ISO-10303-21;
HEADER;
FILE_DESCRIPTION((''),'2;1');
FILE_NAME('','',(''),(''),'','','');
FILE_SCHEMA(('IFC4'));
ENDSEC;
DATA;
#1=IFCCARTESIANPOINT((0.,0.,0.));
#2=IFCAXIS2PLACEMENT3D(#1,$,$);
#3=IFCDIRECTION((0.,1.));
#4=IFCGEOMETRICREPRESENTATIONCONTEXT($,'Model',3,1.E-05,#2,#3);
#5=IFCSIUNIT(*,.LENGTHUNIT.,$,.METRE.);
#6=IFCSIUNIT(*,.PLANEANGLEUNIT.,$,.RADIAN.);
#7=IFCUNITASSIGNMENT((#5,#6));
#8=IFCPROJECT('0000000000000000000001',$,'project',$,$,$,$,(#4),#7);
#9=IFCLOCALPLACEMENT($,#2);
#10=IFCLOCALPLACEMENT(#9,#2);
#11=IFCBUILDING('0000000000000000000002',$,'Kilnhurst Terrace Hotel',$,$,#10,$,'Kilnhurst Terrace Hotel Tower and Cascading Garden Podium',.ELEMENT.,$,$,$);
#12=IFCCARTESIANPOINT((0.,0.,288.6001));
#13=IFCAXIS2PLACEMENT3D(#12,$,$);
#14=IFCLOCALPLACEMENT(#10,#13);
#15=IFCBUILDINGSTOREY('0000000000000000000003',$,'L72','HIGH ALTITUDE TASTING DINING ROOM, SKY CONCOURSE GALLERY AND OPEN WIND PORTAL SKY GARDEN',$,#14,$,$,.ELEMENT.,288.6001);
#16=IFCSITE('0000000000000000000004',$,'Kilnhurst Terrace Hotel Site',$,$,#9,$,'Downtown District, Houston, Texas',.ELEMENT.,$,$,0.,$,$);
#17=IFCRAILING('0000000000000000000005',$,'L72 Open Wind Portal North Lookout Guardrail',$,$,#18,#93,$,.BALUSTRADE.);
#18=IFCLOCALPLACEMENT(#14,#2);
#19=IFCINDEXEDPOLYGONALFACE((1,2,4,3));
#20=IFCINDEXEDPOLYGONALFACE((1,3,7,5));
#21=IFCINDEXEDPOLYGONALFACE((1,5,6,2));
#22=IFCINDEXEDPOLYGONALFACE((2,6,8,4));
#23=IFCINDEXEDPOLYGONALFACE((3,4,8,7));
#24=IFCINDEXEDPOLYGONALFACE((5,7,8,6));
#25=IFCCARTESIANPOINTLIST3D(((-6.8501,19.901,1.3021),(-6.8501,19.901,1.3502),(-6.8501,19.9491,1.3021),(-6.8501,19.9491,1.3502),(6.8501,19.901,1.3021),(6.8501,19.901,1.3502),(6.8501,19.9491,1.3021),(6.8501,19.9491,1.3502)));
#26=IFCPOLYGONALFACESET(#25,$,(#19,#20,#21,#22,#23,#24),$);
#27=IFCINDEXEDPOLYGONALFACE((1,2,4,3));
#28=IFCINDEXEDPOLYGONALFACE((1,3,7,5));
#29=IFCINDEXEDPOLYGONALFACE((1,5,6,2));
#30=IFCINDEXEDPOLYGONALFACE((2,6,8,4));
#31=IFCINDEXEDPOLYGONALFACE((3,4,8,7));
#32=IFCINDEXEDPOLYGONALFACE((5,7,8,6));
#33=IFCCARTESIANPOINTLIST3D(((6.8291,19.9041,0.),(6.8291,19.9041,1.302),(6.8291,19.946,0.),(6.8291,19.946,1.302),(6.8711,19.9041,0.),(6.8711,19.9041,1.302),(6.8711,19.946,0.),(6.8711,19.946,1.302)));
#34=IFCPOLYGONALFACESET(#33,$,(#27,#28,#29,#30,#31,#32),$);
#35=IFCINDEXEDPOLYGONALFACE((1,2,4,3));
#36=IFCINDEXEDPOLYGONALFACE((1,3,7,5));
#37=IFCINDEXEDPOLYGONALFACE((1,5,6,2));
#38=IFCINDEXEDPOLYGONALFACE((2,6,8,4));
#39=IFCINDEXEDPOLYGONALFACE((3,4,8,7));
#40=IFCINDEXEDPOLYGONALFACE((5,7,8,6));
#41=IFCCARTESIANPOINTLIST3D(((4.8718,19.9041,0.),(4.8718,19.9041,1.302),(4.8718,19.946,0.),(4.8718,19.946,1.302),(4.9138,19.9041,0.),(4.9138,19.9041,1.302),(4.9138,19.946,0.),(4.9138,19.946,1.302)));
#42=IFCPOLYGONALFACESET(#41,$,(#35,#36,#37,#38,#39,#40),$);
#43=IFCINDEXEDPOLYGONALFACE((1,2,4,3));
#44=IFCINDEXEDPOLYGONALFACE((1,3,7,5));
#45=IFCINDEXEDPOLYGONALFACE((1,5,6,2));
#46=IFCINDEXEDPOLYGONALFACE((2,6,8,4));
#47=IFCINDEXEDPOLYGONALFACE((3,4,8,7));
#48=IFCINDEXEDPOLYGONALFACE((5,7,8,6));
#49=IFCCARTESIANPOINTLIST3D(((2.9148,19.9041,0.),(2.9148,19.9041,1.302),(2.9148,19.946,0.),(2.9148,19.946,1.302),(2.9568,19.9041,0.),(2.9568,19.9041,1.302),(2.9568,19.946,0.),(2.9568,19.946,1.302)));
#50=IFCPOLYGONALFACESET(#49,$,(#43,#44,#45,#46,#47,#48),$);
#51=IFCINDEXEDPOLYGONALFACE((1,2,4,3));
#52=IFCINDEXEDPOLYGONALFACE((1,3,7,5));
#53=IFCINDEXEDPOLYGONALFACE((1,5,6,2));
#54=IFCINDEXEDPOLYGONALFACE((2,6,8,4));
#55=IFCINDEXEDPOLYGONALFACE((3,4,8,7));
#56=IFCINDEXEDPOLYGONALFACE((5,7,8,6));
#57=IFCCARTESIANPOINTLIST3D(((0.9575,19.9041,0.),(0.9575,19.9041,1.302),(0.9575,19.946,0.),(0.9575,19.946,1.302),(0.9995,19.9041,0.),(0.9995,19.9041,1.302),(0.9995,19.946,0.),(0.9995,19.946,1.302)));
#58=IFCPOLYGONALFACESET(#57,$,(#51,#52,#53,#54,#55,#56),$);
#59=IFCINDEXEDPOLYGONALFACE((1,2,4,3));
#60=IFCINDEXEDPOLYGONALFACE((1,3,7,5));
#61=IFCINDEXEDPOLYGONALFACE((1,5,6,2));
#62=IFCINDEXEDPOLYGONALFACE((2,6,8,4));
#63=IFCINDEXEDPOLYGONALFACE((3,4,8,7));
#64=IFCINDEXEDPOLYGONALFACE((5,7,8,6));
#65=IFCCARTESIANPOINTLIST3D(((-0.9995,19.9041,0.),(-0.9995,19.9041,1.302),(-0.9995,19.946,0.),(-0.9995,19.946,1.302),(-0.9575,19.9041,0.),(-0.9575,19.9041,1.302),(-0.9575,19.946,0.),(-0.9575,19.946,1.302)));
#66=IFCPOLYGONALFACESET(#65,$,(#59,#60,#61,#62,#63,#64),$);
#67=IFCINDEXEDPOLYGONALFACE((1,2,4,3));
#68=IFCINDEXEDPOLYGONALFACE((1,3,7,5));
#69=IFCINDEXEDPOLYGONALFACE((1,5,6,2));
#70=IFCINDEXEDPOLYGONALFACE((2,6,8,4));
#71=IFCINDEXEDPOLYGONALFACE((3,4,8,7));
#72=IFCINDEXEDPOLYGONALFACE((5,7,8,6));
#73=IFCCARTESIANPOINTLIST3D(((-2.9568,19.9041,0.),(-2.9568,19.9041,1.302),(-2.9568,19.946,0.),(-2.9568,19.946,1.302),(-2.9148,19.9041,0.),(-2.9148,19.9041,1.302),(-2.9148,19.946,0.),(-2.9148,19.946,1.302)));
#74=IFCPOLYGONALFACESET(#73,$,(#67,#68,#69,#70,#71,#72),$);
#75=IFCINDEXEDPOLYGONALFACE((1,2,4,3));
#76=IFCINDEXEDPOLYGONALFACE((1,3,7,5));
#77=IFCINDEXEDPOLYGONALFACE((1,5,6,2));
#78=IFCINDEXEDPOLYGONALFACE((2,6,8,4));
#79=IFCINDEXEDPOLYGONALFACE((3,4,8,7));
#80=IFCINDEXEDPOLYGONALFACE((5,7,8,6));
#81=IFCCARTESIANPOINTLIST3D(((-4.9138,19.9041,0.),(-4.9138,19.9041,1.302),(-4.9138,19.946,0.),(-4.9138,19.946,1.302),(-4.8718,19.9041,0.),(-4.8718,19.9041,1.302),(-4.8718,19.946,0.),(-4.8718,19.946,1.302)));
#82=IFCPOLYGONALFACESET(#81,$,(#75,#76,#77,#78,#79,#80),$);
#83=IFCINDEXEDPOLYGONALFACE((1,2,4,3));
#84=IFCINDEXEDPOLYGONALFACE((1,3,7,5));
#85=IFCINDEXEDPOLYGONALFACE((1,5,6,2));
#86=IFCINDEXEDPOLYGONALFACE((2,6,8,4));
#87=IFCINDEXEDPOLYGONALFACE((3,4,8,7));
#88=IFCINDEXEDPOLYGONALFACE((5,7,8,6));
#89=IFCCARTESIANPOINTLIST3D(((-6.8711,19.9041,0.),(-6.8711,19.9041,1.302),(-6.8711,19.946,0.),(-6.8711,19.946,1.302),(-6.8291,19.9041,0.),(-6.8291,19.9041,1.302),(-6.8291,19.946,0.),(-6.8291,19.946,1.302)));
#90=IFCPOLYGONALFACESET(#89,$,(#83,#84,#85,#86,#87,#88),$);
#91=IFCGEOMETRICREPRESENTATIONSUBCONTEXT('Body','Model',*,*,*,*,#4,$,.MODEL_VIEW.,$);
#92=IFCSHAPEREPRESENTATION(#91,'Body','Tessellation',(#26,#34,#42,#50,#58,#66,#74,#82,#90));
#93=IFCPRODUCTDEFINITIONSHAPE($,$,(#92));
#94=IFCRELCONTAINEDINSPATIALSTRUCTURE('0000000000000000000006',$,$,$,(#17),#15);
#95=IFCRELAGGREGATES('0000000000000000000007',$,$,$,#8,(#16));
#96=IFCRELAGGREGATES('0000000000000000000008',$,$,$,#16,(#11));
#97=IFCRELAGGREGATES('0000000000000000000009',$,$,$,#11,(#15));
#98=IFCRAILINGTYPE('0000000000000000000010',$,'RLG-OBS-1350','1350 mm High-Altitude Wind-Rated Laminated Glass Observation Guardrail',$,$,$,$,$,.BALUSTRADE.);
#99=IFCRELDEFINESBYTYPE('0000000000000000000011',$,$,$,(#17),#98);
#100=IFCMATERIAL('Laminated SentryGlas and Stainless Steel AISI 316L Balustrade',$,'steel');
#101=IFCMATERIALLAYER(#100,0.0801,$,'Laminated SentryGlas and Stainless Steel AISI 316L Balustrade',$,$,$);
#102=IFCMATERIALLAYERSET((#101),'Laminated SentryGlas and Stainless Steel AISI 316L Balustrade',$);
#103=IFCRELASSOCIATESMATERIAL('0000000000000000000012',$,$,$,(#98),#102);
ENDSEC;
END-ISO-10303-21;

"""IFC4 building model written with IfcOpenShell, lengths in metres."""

from ifc_helpers import new_model, si_unit, direction, frame, origin, origin_2d, place, context, subcontext, project, spatial, rectangle, extrude, material, layer, layer_set, type_object, element, save


model = new_model("IFC4")

# Units and contexts
model_context = context("Model", 3, precision=1e-05, world=origin(), true_north=direction((0.0, 1.0)))
body_context = subcontext(model_context, "Body", "Model", "MODEL_VIEW")
ifc_project = project(units=[si_unit("LENGTHUNIT", "METRE"), si_unit("PLANEANGLEUNIT", "RADIAN")], contexts=[model_context])

# Site, building, storey
site_placement = place(None, origin())
site = spatial("IfcSite", under=ifc_project, at=site_placement, Name="Kilnhurst Terrace Hotel Site", LongName="Downtown District, Houston, Texas", CompositionType="ELEMENT", RefElevation=0.0)
building_placement = place(site_placement, origin())
building = spatial("IfcBuilding", under=site, at=building_placement, Name="Kilnhurst Terrace Hotel", LongName="Kilnhurst Terrace Hotel Tower and Cascading Garden Podium", CompositionType="ELEMENT")
storey_placement = place(building_placement, frame((0.0, 0.0, 288.6001)))
storey = spatial("IfcBuildingStorey", under=building, at=storey_placement, Name="L72", Description="HIGH ALTITUDE TASTING DINING ROOM, SKY CONCOURSE GALLERY AND OPEN WIND PORTAL SKY GARDEN", CompositionType="ELEMENT", Elevation=288.6001)

# Railing
ifc_material_1 = material(Name="Laminated SentryGlas and Stainless Steel AISI 316L Balustrade", Category="steel")
ifc_layer_1 = layer(ifc_material_1, 0.0801, Name="Laminated SentryGlas and Stainless Steel AISI 316L Balustrade")
ifc_layer_set_1 = layer_set([ifc_layer_1], Name="Laminated SentryGlas and Stainless Steel AISI 316L Balustrade")
railing_type_1 = type_object("IfcRailingType", Name="RLG-OBS-1350", Description="1350 mm High-Altitude Wind-Rated Laminated Glass Observation Guardrail", PredefinedType="BALUSTRADE", material=ifc_layer_set_1)
railing_1_placement = place(storey_placement, frame((6.8501, 19.925, 0.0)))
element("IfcRailing", 1, at=railing_1_placement, inside=storey, type_object=railing_type_1, Name="L72 Open Wind Portal North Lookout Guardrail", PredefinedType="BALUSTRADE", context=body_context, shape_type="SweptSolid", body=[
    extrude(rectangle(XDim=0.0481, YDim=0.0481, at=origin_2d()), frame((0.0, 0.0, 1.3262), z_axis=(-1.0, 0.0, 0.0), x_axis=(0.0, -1.0, 0.0)), (0.0, 0.0, 1.0), 13.7002),
    extrude(rectangle(XDim=0.042, YDim=0.042, at=origin_2d()), origin(), (0.0, 0.0, 1.0), 1.302),
    extrude(rectangle(XDim=0.042, YDim=0.042, at=origin_2d()), frame((-1.9573, 0.0, 0.0)), (0.0, 0.0, 1.0), 1.302),
    extrude(rectangle(XDim=0.042, YDim=0.042, at=origin_2d()), frame((-3.9143, 0.0, 0.0)), (0.0, 0.0, 1.0), 1.302),
    extrude(rectangle(XDim=0.042, YDim=0.042, at=origin_2d()), frame((-5.8716, 0.0, 0.0)), (0.0, 0.0, 1.0), 1.302),
    extrude(rectangle(XDim=0.042, YDim=0.042, at=origin_2d()), frame((-7.8286, 0.0, 0.0)), (0.0, 0.0, 1.0), 1.302),
    extrude(rectangle(XDim=0.042, YDim=0.042, at=origin_2d()), frame((-9.7859, 0.0, 0.0)), (0.0, 0.0, 1.0), 1.302),
    extrude(rectangle(XDim=0.042, YDim=0.042, at=origin_2d()), frame((-11.7429, 0.0, 0.0)), (0.0, 0.0, 1.0), 1.302),
    extrude(rectangle(XDim=0.042, YDim=0.042, at=origin_2d()), frame((-13.7002, 0.0, 0.0)), (0.0, 0.0, 1.0), 1.302),
])

save(model, "model.ifc")
